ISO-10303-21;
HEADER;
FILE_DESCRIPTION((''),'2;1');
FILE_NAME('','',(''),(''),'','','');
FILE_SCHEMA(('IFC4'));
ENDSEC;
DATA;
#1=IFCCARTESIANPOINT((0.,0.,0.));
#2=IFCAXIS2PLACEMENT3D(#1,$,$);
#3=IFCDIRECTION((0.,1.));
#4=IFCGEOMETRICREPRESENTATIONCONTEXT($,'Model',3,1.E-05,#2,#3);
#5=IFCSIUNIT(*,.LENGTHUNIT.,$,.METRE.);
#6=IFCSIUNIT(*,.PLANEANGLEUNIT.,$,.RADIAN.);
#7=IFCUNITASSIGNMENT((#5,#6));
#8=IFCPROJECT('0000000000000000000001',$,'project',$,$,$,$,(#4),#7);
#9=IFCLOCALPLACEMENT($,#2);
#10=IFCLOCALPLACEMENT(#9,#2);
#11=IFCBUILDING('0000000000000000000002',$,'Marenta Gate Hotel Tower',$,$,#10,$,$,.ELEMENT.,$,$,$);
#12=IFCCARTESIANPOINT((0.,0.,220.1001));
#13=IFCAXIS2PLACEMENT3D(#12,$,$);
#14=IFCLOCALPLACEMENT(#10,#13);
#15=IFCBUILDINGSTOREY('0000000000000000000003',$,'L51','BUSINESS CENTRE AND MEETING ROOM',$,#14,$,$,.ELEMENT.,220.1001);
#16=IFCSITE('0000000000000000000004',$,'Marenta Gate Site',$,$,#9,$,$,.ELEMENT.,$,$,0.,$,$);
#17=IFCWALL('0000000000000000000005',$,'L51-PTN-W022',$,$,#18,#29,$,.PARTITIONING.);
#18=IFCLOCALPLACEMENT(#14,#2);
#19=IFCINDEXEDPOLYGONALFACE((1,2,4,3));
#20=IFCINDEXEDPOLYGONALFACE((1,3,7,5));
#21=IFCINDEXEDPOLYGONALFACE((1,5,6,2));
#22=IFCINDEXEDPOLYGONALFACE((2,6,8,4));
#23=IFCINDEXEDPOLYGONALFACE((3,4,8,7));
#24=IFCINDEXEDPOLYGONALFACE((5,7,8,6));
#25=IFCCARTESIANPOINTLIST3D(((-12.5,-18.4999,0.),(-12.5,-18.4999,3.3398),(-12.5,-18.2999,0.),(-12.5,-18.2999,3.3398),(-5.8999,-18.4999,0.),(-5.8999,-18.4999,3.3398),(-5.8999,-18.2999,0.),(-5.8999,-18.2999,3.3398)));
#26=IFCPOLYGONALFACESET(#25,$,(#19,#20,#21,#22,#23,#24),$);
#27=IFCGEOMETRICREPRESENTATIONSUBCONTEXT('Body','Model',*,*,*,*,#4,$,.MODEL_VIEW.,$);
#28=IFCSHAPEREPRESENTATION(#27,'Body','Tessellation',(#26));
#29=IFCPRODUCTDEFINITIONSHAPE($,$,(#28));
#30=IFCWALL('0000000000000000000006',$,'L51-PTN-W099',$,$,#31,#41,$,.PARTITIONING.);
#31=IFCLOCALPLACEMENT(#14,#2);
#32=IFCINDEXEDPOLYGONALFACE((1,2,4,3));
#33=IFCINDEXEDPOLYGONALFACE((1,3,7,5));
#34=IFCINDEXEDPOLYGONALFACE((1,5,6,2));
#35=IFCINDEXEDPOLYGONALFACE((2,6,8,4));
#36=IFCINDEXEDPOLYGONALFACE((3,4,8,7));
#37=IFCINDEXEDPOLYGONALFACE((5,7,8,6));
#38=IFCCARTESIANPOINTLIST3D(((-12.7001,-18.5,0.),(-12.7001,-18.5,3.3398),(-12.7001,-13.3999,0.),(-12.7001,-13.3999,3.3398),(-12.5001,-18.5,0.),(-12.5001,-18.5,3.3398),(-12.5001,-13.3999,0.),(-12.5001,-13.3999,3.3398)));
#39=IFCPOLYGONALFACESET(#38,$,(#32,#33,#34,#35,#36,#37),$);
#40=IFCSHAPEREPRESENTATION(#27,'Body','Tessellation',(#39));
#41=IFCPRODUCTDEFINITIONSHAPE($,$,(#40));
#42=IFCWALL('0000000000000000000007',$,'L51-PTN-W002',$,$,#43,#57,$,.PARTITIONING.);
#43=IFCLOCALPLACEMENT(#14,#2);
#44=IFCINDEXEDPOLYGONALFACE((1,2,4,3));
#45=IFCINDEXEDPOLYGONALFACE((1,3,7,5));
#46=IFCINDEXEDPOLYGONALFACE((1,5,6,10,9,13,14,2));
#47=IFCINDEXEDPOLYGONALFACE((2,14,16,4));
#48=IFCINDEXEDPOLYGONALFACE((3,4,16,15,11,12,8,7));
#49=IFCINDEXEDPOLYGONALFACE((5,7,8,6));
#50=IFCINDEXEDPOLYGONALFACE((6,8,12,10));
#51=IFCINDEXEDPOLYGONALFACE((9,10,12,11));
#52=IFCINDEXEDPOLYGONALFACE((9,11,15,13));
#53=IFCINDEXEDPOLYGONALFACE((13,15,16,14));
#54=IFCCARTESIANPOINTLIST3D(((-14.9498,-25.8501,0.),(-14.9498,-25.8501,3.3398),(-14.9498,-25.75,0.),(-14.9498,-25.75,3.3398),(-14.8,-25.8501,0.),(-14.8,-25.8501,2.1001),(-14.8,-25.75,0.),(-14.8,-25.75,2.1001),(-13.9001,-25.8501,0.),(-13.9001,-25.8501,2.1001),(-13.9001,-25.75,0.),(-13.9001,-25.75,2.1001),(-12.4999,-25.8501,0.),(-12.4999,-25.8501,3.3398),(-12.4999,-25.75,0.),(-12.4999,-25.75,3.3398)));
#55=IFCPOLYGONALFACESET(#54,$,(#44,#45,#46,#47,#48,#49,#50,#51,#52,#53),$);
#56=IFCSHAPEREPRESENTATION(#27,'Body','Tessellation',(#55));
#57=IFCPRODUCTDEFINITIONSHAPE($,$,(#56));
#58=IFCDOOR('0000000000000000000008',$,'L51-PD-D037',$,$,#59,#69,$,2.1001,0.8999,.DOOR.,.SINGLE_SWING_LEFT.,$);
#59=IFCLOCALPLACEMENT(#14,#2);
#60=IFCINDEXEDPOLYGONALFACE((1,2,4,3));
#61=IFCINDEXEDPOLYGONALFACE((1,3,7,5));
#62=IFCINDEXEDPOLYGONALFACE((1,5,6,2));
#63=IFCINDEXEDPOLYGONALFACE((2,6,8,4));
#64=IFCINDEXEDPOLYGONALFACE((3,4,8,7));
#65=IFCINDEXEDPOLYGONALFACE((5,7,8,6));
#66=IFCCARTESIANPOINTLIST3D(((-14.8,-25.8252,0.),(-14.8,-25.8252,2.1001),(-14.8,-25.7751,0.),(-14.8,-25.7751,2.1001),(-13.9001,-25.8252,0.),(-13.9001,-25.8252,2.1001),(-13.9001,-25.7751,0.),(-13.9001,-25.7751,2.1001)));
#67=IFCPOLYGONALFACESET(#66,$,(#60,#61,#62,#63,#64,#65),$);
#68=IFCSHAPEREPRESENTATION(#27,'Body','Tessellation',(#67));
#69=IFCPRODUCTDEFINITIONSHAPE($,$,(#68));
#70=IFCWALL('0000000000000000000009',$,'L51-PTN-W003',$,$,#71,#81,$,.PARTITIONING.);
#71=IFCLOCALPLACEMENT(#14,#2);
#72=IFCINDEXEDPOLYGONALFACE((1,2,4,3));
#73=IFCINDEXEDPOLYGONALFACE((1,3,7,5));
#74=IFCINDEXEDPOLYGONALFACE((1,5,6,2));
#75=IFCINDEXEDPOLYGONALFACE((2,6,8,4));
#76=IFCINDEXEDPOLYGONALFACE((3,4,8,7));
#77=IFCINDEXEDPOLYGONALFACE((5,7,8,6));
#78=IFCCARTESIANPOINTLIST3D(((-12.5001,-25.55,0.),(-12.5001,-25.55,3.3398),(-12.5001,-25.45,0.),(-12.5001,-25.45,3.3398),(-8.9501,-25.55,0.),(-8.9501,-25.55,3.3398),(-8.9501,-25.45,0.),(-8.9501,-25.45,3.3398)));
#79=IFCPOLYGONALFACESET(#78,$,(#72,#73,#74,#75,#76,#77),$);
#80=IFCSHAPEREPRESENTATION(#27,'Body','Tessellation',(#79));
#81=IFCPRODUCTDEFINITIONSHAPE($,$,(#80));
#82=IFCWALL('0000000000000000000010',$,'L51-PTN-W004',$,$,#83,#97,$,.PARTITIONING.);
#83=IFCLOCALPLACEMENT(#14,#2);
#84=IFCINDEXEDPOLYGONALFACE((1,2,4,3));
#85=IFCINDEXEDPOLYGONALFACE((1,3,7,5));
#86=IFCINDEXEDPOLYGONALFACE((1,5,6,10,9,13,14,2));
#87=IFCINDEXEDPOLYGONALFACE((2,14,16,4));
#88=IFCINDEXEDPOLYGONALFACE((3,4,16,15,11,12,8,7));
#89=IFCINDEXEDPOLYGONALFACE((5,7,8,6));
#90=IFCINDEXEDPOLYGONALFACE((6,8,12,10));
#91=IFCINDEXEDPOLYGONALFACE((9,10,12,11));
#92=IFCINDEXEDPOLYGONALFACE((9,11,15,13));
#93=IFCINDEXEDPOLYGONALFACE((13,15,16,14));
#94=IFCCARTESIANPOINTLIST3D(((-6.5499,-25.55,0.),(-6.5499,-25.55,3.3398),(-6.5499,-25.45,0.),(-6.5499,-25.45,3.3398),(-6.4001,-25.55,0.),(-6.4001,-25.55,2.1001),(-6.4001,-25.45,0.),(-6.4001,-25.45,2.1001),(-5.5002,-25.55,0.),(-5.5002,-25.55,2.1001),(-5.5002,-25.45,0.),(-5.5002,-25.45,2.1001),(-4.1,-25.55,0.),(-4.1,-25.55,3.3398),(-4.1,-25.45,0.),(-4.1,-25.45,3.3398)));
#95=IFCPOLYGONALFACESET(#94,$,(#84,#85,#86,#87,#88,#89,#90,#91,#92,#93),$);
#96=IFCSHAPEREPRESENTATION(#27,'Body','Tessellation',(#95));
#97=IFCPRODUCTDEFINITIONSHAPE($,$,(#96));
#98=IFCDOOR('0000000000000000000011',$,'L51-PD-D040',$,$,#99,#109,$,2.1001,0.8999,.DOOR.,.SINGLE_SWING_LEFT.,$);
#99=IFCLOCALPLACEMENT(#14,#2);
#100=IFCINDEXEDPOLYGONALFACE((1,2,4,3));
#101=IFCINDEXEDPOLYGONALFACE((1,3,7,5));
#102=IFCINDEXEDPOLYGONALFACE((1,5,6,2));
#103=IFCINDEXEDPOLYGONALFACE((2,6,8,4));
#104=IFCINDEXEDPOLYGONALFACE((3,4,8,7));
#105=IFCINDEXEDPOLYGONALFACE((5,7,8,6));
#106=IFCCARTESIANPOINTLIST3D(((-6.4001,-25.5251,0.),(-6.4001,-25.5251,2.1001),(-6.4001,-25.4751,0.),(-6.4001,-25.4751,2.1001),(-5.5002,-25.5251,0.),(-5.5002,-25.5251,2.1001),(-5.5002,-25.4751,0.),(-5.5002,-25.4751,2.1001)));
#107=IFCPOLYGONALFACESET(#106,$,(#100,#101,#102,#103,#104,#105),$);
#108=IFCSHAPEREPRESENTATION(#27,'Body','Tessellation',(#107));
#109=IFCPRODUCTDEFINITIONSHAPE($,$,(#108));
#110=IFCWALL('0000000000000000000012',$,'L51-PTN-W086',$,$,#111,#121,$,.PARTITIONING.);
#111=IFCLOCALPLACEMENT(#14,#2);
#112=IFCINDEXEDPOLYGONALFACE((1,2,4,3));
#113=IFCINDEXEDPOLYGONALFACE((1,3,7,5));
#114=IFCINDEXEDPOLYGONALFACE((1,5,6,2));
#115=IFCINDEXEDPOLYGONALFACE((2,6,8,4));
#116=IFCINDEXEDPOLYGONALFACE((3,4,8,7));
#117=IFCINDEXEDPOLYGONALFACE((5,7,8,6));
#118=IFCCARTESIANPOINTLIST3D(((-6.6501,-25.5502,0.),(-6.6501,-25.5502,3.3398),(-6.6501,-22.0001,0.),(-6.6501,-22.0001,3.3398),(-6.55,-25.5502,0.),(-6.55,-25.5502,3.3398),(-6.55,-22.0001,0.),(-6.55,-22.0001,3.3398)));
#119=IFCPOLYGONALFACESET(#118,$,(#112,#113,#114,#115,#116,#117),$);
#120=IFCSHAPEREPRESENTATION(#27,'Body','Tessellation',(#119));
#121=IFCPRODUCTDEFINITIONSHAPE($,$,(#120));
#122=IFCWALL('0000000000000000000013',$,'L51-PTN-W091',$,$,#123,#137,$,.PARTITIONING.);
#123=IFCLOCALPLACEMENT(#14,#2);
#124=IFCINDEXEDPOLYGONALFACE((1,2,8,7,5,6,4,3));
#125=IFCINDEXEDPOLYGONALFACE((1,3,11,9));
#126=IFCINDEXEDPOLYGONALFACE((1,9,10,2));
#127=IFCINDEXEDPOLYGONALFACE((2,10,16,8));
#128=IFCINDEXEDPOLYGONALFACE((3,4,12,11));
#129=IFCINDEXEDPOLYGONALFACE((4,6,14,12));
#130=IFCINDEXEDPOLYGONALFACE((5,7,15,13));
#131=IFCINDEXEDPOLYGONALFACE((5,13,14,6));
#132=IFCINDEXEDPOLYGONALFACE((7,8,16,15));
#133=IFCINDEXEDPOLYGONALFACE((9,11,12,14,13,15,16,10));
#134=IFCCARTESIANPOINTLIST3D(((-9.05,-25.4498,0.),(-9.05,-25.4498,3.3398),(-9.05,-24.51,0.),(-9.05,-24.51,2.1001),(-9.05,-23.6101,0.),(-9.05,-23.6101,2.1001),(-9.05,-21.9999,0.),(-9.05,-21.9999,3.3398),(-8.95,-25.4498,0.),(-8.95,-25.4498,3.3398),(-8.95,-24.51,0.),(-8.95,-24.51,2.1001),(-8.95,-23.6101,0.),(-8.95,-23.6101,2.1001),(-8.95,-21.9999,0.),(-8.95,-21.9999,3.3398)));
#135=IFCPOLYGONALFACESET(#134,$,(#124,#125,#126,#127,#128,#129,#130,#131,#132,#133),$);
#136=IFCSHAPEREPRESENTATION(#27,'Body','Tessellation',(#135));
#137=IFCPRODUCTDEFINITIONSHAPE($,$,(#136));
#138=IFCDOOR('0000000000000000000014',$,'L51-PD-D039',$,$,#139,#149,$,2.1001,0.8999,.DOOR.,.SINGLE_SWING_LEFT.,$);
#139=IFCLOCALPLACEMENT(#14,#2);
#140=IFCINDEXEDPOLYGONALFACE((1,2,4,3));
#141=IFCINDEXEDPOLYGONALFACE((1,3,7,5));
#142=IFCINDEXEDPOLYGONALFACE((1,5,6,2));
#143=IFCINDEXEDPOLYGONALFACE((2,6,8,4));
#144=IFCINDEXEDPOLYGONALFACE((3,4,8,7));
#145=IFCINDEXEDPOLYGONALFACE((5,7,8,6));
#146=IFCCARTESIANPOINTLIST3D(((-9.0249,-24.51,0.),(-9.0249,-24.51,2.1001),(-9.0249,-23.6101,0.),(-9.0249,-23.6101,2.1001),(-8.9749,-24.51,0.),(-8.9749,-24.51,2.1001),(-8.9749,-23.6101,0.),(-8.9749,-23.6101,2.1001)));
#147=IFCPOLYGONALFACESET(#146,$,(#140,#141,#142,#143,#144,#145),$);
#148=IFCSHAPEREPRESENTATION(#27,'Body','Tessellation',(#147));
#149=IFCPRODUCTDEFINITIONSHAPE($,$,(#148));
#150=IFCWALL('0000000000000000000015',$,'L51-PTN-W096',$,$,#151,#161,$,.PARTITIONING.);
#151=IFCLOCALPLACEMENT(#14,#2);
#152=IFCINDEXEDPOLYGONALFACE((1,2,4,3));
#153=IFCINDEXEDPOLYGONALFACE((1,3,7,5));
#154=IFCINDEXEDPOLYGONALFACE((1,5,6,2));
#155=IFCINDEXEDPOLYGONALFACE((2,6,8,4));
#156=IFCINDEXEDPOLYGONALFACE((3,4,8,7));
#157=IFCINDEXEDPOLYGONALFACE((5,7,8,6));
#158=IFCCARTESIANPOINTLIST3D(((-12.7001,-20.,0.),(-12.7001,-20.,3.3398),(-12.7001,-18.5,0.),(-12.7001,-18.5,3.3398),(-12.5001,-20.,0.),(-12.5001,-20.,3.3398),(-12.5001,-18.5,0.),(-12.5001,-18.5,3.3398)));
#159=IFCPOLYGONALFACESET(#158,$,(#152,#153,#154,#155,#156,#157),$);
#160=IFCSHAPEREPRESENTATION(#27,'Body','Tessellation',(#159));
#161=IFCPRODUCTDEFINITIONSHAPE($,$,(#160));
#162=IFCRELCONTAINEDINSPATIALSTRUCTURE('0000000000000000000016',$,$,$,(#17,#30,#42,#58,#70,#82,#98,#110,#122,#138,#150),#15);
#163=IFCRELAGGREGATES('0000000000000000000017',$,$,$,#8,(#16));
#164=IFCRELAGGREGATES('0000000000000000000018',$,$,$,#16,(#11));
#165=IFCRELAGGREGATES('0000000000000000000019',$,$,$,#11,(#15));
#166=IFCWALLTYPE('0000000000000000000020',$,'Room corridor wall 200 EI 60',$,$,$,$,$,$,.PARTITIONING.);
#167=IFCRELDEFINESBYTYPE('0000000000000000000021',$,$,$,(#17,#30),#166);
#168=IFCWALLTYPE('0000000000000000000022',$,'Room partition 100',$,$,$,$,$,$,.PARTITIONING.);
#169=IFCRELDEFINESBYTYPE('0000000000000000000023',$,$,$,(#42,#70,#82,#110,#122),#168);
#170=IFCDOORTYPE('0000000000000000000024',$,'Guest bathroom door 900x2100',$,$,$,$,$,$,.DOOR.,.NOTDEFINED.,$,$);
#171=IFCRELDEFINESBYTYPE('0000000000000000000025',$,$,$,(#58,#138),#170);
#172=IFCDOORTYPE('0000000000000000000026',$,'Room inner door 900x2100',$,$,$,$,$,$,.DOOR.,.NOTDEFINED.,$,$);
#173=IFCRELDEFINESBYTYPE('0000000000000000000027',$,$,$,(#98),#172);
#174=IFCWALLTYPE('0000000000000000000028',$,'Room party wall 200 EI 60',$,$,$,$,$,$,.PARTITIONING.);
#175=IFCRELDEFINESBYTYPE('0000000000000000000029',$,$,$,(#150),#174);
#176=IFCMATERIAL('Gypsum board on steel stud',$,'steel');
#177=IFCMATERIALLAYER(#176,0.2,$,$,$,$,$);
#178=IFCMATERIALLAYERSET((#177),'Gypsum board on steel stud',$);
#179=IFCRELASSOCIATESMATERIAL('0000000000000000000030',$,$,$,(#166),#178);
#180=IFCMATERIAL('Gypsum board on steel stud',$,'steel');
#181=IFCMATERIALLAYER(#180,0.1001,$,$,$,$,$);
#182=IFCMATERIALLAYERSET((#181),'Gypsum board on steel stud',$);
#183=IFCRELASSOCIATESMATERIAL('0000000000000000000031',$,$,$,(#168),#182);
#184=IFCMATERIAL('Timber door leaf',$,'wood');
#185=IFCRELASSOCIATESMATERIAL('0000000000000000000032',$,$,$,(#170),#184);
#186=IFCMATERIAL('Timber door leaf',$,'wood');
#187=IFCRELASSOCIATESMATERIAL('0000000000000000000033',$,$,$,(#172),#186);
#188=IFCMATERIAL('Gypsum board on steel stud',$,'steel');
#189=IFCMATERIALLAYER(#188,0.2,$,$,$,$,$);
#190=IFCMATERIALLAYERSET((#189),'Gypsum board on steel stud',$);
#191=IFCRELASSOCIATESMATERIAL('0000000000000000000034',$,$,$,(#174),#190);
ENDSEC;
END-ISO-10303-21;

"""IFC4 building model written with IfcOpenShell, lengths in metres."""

from ifc_helpers import new_model, si_unit, direction, frame, frame_2d, origin, place, context, subcontext, project, spatial, rectangle, extrude, material, layer, layer_set, type_object, element, fill, save


model = new_model("IFC4")

# Units and contexts
model_context = context("Model", 3, precision=1e-05, world=origin(), true_north=direction((0.0, 1.0)))
body_context = subcontext(model_context, "Body", "Model", "MODEL_VIEW")
ifc_project = project(units=[si_unit("LENGTHUNIT", "METRE"), si_unit("PLANEANGLEUNIT", "RADIAN")], contexts=[model_context])

# Site, building, storey
site_placement = place(None, origin())
site = spatial("IfcSite", under=ifc_project, at=site_placement, Name="Marenta Gate Site", CompositionType="ELEMENT", RefElevation=0.0)
building_placement = place(site_placement, origin())
building = spatial("IfcBuilding", under=site, at=building_placement, Name="Marenta Gate Hotel Tower", CompositionType="ELEMENT")
storey_placement = place(building_placement, frame((0.0, 0.0, 220.1001)))
storey = spatial("IfcBuildingStorey", under=building, at=storey_placement, Name="L51", Description="BUSINESS CENTRE AND MEETING ROOM", CompositionType="ELEMENT", Elevation=220.1001)

# Wall
ifc_material_1 = material(Name="Gypsum board on steel stud", Category="steel")
ifc_layer_1 = layer(ifc_material_1, 0.2)
ifc_layer_set_1 = layer_set([ifc_layer_1], Name="Gypsum board on steel stud")
wall_type_1 = type_object("IfcWallType", Name="Room corridor wall 200 EI 60", PredefinedType="PARTITIONING", material=ifc_layer_set_1)
wall_1_placement = place(storey_placement, frame((-12.5, -18.3999, 0.0), z_axis=(0.0, 0.0, 1.0), x_axis=(1.0, 0.0, 0.0)))
element("IfcWall", 1, at=wall_1_placement, inside=storey, type_object=wall_type_1, Name="L51-PTN-W022", PredefinedType="PARTITIONING", context=body_context, shape_type="SweptSolid", body=[
    extrude(rectangle(XDim=6.6001, YDim=0.2, at=frame_2d((3.3, 0.0))), origin(), (0.0, 0.0, 1.0), 3.3398),
])

# Wall
wall_2_placement = place(storey_placement, frame((-12.6001, -18.5, 0.0), z_axis=(0.0, 0.0, 1.0), x_axis=(0.0, 1.0, 0.0)))
element("IfcWall", 2, at=wall_2_placement, inside=storey, type_object=wall_type_1, Name="L51-PTN-W099", PredefinedType="PARTITIONING", context=body_context, shape_type="SweptSolid", body=[
    extrude(rectangle(XDim=5.1001, YDim=0.2, at=frame_2d((2.55, 0.0))), origin(), (0.0, 0.0, 1.0), 3.3398),
])

# Wall, opening, door
ifc_material_2 = material(Name="Gypsum board on steel stud", Category="steel")
ifc_layer_2 = layer(ifc_material_2, 0.1001)
ifc_layer_set_2 = layer_set([ifc_layer_2], Name="Gypsum board on steel stud")
wall_type_2 = type_object("IfcWallType", Name="Room partition 100", PredefinedType="PARTITIONING", material=ifc_layer_set_2)
wall_3_placement = place(storey_placement, frame((-14.95, -25.8, 0.0), z_axis=(0.0, 0.0, 1.0), x_axis=(1.0, 0.0, 0.0)))
wall_3 = element("IfcWall", 3, at=wall_3_placement, inside=storey, type_object=wall_type_2, Name="L51-PTN-W002", PredefinedType="PARTITIONING", context=body_context, shape_type="SweptSolid", body=[
    extrude(rectangle(XDim=2.45, YDim=0.1001, at=frame_2d((1.2251, 0.0))), origin(), (0.0, 0.0, 1.0), 3.3398),
])
opening_1_placement = place(wall_3_placement, frame((0.1499, 0.0, 0.0)))
opening_1 = element("IfcOpeningElement", 4, at=opening_1_placement, cuts=wall_3, PredefinedType="OPENING", context=body_context, shape_type="SweptSolid", body=[
    extrude(rectangle(XDim=0.8999, YDim=2.1001, at=frame_2d((0.45, 1.05))), frame((0.0, 0.05, 0.0), z_axis=(0.0, -1.0, 0.0), x_axis=(1.0, 0.0, 0.0)), (0.0, 0.0, 1.0), 0.1001),
])
ifc_material_3 = material(Name="Timber door leaf", Category="wood")
door_type_1 = type_object("IfcDoorType", Name="Guest bathroom door 900x2100", OperationType="NOTDEFINED", PredefinedType="DOOR", material=ifc_material_3)
door_1_placement = place(opening_1_placement, origin())
door_1 = element("IfcDoor", 5, at=door_1_placement, inside=storey, type_object=door_type_1, Name="L51-PD-D037", OperationType="SINGLE_SWING_LEFT", OverallHeight=2.1001, OverallWidth=0.8999, PredefinedType="DOOR", context=body_context, shape_type="SweptSolid", body=[
    extrude(rectangle(XDim=0.8999, YDim=2.1001, at=frame_2d((0.45, 1.05))), frame((0.0, 0.0249, 0.0), z_axis=(0.0, -1.0, 0.0), x_axis=(1.0, 0.0, 0.0)), (0.0, 0.0, 1.0), 0.05),
])
fill(opening_1, door_1)

# Wall
wall_4_placement = place(storey_placement, frame((-12.5, -25.5, 0.0), z_axis=(0.0, 0.0, 1.0), x_axis=(1.0, 0.0, 0.0)))
element("IfcWall", 6, at=wall_4_placement, inside=storey, type_object=wall_type_2, Name="L51-PTN-W003", PredefinedType="PARTITIONING", context=body_context, shape_type="SweptSolid", body=[
    extrude(rectangle(XDim=3.55, YDim=0.1001, at=frame_2d((1.7749, 0.0))), origin(), (0.0, 0.0, 1.0), 3.3398),
])

# Wall, opening, door
wall_5_placement = place(storey_placement, frame((-6.55, -25.5, 0.0), z_axis=(0.0, 0.0, 1.0), x_axis=(1.0, 0.0, 0.0)))
wall_5 = element("IfcWall", 7, at=wall_5_placement, inside=storey, type_object=wall_type_2, Name="L51-PTN-W004", PredefinedType="PARTITIONING", context=body_context, shape_type="SweptSolid", body=[
    extrude(rectangle(XDim=2.45, YDim=0.1001, at=frame_2d((1.2251, 0.0))), origin(), (0.0, 0.0, 1.0), 3.3398),
])
opening_2_placement = place(wall_5_placement, frame((0.1499, 0.0, 0.0)))
opening_2 = element("IfcOpeningElement", 8, at=opening_2_placement, cuts=wall_5, PredefinedType="OPENING", context=body_context, shape_type="SweptSolid", body=[
    extrude(rectangle(XDim=0.8999, YDim=2.1001, at=frame_2d((0.45, 1.05))), frame((0.0, 0.05, 0.0), z_axis=(0.0, -1.0, 0.0), x_axis=(1.0, 0.0, 0.0)), (0.0, 0.0, 1.0), 0.1001),
])
ifc_material_4 = material(Name="Timber door leaf", Category="wood")
door_type_2 = type_object("IfcDoorType", Name="Room inner door 900x2100", OperationType="NOTDEFINED", PredefinedType="DOOR", material=ifc_material_4)
door_2_placement = place(opening_2_placement, origin())
door_2 = element("IfcDoor", 9, at=door_2_placement, inside=storey, type_object=door_type_2, Name="L51-PD-D040", OperationType="SINGLE_SWING_LEFT", OverallHeight=2.1001, OverallWidth=0.8999, PredefinedType="DOOR", context=body_context, shape_type="SweptSolid", body=[
    extrude(rectangle(XDim=0.8999, YDim=2.1001, at=frame_2d((0.45, 1.05))), frame((0.0, 0.0249, 0.0), z_axis=(0.0, -1.0, 0.0), x_axis=(1.0, 0.0, 0.0)), (0.0, 0.0, 1.0), 0.05),
])
fill(opening_2, door_2)

# Wall
wall_6_placement = place(storey_placement, frame((-6.6001, -25.55, 0.0), z_axis=(0.0, 0.0, 1.0), x_axis=(0.0, 1.0, 0.0)))
element("IfcWall", 10, at=wall_6_placement, inside=storey, type_object=wall_type_2, Name="L51-PTN-W086", PredefinedType="PARTITIONING", context=body_context, shape_type="SweptSolid", body=[
    extrude(rectangle(XDim=3.55, YDim=0.1001, at=frame_2d((1.7749, 0.0))), origin(), (0.0, 0.0, 1.0), 3.3398),
])

# Wall, opening, door
wall_7_placement = place(storey_placement, frame((-9.0, -25.45, 0.0), z_axis=(0.0, 0.0, 1.0), x_axis=(0.0, 1.0, 0.0)))
wall_7 = element("IfcWall", 11, at=wall_7_placement, inside=storey, type_object=wall_type_2, Name="L51-PTN-W091", PredefinedType="PARTITIONING", context=body_context, shape_type="SweptSolid", body=[
    extrude(rectangle(XDim=3.45, YDim=0.1001, at=frame_2d((1.7251, 0.0))), origin(), (0.0, 0.0, 1.0), 3.3398),
])
opening_3_placement = place(wall_7_placement, frame((0.9399, 0.0, 0.0)))
opening_3 = element("IfcOpeningElement", 12, at=opening_3_placement, cuts=wall_7, PredefinedType="OPENING", context=body_context, shape_type="SweptSolid", body=[
    extrude(rectangle(XDim=0.8999, YDim=2.1001, at=frame_2d((0.45, 1.05))), frame((0.0, 0.05, 0.0), z_axis=(0.0, -1.0, 0.0), x_axis=(1.0, 0.0, 0.0)), (0.0, 0.0, 1.0), 0.1001),
])
door_3_placement = place(opening_3_placement, origin())
door_3 = element("IfcDoor", 13, at=door_3_placement, inside=storey, type_object=door_type_1, Name="L51-PD-D039", OperationType="SINGLE_SWING_LEFT", OverallHeight=2.1001, OverallWidth=0.8999, PredefinedType="DOOR", context=body_context, shape_type="SweptSolid", body=[
    extrude(rectangle(XDim=0.8999, YDim=2.1001, at=frame_2d((0.45, 1.05))), frame((0.0, 0.0249, 0.0), z_axis=(0.0, -1.0, 0.0), x_axis=(1.0, 0.0, 0.0)), (0.0, 0.0, 1.0), 0.05),
])
fill(opening_3, door_3)

# Wall
ifc_material_5 = material(Name="Gypsum board on steel stud", Category="steel")
ifc_layer_3 = layer(ifc_material_5, 0.2)
ifc_layer_set_3 = layer_set([ifc_layer_3], Name="Gypsum board on steel stud")
wall_type_3 = type_object("IfcWallType", Name="Room party wall 200 EI 60", PredefinedType="PARTITIONING", material=ifc_layer_set_3)
wall_8_placement = place(storey_placement, frame((-12.6001, -20.0, 0.0), z_axis=(0.0, 0.0, 1.0), x_axis=(0.0, 1.0, 0.0)))
element("IfcWall", 14, at=wall_8_placement, inside=storey, type_object=wall_type_3, Name="L51-PTN-W096", PredefinedType="PARTITIONING", context=body_context, shape_type="SweptSolid", body=[
    extrude(rectangle(XDim=1.5, YDim=0.2, at=frame_2d((0.75, 0.0))), origin(), (0.0, 0.0, 1.0), 3.3398),
])

save(model, "model.ifc")
